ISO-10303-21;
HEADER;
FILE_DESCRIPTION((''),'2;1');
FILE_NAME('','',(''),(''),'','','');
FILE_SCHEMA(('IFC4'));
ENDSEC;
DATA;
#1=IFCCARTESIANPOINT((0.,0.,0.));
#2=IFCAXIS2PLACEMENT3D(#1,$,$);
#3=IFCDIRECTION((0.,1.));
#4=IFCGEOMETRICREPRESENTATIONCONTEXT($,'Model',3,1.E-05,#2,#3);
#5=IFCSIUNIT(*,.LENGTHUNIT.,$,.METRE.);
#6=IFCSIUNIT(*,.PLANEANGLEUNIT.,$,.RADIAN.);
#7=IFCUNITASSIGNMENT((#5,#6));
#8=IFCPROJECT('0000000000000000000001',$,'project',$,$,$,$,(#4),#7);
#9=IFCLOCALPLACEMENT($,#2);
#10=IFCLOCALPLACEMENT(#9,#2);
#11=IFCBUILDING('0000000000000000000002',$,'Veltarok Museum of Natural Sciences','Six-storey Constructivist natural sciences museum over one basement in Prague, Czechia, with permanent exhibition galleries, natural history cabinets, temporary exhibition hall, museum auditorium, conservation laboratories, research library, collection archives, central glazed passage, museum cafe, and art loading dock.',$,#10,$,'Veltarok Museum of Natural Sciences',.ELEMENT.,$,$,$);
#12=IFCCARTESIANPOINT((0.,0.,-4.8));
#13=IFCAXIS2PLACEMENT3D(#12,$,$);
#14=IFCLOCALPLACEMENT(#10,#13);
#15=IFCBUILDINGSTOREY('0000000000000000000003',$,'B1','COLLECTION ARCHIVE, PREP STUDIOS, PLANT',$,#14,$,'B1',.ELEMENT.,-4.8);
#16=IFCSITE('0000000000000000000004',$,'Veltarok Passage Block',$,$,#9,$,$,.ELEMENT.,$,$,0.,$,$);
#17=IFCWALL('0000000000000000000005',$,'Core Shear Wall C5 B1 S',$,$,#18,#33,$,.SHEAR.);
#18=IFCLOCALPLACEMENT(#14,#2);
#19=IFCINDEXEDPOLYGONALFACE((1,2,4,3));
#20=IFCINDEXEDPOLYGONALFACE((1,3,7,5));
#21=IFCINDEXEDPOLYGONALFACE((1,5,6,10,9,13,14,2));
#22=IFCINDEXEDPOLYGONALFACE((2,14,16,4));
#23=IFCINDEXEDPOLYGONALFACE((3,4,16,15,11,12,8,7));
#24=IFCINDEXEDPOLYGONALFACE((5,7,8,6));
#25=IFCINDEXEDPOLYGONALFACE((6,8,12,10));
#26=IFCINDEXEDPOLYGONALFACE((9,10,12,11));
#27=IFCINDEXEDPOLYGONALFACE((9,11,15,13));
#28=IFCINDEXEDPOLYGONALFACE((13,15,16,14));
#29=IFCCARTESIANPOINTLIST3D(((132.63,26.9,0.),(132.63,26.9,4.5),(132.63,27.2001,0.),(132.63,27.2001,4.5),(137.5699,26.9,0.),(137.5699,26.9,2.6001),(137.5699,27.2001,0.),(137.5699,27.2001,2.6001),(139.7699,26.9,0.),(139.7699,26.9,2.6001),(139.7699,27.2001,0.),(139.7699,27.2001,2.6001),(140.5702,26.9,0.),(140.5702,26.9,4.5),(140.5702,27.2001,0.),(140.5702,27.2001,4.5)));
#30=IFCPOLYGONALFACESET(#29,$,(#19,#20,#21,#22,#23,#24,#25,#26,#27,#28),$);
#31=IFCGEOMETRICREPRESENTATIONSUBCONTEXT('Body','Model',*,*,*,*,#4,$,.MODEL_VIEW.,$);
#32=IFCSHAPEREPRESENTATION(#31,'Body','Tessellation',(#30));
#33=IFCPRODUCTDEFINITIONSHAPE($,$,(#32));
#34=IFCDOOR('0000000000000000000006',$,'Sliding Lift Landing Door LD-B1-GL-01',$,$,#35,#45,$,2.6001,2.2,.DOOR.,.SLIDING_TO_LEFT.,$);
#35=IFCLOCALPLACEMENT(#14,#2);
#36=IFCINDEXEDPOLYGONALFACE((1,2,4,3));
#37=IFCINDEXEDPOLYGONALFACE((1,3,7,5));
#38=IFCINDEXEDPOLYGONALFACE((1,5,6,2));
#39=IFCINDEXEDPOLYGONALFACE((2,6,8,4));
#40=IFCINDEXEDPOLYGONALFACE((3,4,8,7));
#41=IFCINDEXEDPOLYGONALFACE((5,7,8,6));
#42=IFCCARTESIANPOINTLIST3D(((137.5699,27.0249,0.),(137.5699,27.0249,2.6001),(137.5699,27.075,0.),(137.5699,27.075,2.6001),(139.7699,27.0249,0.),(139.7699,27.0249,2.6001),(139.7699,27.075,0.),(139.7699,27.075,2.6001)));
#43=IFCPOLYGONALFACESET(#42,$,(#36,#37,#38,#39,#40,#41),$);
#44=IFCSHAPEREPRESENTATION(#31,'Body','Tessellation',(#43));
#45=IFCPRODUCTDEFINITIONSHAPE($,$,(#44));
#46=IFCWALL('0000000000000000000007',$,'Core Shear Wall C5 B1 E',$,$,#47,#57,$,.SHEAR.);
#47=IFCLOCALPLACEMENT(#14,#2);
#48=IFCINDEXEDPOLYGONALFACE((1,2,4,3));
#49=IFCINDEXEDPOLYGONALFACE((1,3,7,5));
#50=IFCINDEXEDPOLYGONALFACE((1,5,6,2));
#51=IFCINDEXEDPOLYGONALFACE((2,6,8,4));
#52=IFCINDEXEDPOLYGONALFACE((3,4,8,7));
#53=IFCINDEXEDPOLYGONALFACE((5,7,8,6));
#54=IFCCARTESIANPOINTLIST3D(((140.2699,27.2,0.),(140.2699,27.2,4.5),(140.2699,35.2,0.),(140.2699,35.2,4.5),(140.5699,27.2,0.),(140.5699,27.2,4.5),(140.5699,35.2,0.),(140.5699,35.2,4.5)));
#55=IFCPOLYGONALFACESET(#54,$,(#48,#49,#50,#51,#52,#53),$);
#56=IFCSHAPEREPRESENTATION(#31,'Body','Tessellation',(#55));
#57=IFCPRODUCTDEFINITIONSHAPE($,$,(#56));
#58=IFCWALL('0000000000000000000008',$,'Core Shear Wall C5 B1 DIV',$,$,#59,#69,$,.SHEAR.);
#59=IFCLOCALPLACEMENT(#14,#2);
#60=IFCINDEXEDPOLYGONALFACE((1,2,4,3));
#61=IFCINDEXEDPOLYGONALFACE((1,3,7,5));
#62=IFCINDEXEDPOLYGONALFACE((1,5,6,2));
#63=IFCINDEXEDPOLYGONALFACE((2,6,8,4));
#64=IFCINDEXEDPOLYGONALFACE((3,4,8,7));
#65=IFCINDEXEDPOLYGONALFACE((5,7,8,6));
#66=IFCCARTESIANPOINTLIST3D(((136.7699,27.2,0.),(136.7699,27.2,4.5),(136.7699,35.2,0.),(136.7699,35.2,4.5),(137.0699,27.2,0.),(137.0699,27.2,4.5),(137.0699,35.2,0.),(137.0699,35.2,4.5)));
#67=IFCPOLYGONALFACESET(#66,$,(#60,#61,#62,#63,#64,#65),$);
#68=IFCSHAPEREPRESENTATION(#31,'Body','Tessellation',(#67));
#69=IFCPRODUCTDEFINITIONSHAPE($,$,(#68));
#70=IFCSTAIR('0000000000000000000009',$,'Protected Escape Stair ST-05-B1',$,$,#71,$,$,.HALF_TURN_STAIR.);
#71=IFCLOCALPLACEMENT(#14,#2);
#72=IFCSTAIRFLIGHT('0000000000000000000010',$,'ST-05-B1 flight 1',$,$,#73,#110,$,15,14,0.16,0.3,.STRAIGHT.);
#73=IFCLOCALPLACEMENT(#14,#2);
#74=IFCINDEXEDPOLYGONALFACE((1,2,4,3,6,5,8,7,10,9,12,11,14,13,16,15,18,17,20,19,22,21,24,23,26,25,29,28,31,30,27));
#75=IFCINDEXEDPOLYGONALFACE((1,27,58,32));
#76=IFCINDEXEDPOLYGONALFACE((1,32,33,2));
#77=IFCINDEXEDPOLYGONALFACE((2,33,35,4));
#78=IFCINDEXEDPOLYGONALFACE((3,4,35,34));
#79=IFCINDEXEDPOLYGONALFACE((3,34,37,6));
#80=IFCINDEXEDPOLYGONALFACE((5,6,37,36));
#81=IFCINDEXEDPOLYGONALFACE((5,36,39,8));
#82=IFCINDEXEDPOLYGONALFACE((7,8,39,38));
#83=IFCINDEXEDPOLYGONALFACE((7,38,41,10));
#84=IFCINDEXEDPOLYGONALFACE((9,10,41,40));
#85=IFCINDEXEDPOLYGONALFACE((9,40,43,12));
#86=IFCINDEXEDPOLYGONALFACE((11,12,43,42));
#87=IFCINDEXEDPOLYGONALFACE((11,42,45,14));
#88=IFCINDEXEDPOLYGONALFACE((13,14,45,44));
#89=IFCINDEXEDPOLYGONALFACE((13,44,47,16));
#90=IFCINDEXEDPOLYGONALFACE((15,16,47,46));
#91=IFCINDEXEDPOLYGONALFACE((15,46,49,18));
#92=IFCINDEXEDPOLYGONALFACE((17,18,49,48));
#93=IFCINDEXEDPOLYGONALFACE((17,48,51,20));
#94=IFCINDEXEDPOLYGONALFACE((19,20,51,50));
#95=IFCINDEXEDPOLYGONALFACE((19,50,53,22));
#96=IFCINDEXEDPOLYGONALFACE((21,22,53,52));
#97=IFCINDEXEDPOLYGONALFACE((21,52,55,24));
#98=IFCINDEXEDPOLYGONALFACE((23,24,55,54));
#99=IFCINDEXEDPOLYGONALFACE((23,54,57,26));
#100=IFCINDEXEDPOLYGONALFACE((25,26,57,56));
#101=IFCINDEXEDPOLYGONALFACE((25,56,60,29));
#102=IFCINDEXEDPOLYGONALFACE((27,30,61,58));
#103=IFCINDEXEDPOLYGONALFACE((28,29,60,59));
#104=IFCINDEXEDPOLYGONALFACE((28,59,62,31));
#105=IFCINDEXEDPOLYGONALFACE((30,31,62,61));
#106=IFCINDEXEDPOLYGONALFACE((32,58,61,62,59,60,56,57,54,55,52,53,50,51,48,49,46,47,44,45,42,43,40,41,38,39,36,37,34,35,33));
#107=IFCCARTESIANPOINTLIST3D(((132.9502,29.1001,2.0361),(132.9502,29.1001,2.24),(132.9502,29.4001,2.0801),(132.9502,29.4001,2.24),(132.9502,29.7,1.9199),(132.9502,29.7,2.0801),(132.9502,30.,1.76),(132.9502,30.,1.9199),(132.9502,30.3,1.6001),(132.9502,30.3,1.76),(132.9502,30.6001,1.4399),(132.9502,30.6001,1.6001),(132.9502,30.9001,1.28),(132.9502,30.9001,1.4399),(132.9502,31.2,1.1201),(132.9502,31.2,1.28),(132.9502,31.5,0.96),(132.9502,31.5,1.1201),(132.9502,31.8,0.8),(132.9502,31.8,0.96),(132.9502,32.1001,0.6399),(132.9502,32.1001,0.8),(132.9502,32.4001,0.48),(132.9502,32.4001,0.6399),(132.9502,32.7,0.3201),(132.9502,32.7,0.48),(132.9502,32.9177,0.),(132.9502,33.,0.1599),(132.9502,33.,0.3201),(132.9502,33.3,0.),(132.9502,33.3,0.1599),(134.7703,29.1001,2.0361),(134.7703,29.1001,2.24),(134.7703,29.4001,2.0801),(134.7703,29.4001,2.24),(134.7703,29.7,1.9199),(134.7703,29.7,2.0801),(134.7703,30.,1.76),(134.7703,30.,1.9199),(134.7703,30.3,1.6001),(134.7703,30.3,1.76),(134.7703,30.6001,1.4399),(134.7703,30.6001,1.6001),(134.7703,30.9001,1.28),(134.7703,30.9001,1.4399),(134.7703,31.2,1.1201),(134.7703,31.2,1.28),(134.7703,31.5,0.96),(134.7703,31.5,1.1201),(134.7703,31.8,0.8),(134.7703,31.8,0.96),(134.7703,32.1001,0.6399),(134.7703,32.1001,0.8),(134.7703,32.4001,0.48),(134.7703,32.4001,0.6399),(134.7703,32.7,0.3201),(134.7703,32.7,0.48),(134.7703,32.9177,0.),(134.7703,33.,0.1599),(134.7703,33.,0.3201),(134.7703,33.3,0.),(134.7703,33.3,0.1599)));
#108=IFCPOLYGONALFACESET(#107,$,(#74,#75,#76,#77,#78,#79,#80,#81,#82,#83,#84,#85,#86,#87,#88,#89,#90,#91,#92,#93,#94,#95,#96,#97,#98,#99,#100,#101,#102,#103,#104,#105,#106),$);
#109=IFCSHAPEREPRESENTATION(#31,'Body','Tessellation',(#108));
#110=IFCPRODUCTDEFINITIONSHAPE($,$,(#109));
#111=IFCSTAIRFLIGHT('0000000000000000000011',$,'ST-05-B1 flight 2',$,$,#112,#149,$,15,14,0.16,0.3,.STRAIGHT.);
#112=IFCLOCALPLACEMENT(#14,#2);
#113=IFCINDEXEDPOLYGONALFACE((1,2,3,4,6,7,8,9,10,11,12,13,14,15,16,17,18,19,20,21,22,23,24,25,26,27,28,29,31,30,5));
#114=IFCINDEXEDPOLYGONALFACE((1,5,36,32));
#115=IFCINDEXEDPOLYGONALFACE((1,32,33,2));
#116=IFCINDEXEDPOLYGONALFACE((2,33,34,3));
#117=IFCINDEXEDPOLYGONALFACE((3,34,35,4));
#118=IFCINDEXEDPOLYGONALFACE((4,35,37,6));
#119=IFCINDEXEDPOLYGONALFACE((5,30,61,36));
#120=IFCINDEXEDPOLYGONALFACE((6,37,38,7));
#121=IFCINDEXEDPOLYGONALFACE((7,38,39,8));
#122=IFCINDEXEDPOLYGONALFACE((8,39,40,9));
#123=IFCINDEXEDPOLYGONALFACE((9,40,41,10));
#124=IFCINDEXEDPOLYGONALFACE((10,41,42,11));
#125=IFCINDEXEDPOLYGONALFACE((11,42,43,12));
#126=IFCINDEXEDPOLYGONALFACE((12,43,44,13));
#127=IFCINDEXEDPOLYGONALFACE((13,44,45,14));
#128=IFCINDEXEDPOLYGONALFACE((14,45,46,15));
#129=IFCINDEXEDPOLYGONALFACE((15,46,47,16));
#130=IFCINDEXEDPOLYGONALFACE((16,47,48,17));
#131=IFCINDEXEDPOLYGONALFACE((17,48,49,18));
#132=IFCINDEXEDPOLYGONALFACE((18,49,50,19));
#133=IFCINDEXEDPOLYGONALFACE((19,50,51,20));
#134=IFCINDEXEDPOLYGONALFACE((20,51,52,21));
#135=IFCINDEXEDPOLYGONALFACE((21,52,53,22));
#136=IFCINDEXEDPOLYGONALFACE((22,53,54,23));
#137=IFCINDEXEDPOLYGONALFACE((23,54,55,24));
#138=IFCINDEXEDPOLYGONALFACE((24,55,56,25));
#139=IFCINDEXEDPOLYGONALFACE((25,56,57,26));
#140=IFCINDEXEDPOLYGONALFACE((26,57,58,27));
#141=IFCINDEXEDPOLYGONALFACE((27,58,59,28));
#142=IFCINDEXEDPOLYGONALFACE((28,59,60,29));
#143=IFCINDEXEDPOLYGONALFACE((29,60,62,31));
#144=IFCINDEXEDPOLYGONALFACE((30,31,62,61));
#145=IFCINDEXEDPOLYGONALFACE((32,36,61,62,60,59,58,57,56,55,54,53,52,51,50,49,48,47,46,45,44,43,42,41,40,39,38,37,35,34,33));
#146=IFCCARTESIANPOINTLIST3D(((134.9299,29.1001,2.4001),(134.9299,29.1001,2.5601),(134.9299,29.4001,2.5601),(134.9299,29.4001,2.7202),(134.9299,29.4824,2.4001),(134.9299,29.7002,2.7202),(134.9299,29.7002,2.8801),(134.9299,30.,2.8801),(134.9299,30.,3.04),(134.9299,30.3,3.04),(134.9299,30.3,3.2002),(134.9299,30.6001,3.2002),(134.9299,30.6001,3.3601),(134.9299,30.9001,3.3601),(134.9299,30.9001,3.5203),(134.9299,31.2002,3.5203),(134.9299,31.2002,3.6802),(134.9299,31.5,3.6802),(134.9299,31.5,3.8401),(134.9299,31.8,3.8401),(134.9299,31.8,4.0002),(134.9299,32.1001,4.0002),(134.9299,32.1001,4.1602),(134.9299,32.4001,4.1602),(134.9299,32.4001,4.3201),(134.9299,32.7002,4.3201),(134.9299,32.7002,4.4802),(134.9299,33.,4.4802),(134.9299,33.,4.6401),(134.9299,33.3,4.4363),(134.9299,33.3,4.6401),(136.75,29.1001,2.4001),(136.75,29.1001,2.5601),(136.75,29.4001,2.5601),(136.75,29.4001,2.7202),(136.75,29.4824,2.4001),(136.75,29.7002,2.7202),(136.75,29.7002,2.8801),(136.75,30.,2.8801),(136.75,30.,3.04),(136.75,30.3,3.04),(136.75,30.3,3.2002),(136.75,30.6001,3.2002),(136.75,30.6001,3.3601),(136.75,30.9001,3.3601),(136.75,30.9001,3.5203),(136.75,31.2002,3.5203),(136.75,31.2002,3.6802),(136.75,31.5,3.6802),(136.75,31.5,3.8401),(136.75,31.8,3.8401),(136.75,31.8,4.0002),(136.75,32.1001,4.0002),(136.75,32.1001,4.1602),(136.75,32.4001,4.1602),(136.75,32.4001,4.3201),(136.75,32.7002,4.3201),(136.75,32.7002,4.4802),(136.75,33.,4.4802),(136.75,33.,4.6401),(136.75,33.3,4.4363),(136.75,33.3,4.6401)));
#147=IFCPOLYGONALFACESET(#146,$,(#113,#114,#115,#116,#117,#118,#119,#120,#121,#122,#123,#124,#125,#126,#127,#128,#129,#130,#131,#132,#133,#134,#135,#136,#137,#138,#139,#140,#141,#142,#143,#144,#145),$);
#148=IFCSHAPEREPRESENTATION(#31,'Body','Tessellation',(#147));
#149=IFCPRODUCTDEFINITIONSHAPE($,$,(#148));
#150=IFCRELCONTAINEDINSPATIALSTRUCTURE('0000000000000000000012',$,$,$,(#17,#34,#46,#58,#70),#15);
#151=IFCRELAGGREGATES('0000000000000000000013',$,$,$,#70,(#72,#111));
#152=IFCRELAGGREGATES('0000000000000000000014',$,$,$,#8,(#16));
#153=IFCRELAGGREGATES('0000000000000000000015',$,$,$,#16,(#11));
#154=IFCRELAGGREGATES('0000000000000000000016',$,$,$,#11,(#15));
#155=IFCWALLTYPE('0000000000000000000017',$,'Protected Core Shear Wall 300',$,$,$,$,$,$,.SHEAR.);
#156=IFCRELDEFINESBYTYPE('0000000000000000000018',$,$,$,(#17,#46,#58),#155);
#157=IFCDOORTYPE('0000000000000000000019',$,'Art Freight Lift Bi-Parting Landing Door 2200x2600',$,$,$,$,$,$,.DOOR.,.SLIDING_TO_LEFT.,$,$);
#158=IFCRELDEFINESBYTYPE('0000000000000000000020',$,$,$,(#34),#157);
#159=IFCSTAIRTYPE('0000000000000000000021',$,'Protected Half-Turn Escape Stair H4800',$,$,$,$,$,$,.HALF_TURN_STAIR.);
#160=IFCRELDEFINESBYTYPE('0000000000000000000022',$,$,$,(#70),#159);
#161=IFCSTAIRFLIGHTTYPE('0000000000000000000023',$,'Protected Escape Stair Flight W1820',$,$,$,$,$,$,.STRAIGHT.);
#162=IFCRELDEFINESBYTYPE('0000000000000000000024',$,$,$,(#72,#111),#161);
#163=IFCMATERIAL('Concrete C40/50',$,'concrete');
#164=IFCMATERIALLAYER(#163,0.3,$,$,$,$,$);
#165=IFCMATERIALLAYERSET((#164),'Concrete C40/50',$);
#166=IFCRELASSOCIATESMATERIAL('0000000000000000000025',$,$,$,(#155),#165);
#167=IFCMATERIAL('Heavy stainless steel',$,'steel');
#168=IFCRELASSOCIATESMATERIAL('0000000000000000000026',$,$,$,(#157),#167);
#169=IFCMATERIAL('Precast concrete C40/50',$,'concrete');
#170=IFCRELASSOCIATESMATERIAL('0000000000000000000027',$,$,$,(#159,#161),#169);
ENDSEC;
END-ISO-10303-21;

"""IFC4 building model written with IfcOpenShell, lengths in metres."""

from ifc_helpers import new_model, si_unit, direction, frame, frame_2d, origin, place, context, subcontext, project, spatial, polyline, rectangle, outline, extrude, material, layer, layer_set, type_object, element, fill, aggregate, save


model = new_model("IFC4")

# Units and contexts
model_context = context("Model", 3, precision=1e-05, world=origin(), true_north=direction((0.0, 1.0)))
body_context = subcontext(model_context, "Body", "Model", "MODEL_VIEW")
ifc_project = project(units=[si_unit("LENGTHUNIT", "METRE"), si_unit("PLANEANGLEUNIT", "RADIAN")], contexts=[model_context])

# Site, building, storey
site_placement = place(None, origin())
site = spatial("IfcSite", under=ifc_project, at=site_placement, Name="Veltarok Passage Block", CompositionType="ELEMENT", RefElevation=0.0)
building_placement = place(site_placement, origin())
building = spatial("IfcBuilding", under=site, at=building_placement, Name="Veltarok Museum of Natural Sciences", Description="Six-storey Constructivist natural sciences museum over one basement in Prague, Czechia, with permanent exhibition galleries, natural history cabinets, temporary exhibition hall, museum auditorium, conservation laboratories, research library, collection archives, central glazed passage, museum cafe, and art loading dock.", LongName="Veltarok Museum of Natural Sciences", CompositionType="ELEMENT")
storey_placement = place(building_placement, frame((0.0, 0.0, -4.8)))
storey = spatial("IfcBuildingStorey", under=building, at=storey_placement, Name="B1", Description="COLLECTION ARCHIVE, PREP STUDIOS, PLANT", LongName="B1", CompositionType="ELEMENT", Elevation=-4.8)

# Shared definitions
ifc_material_1 = material(Name="Concrete C40/50", Category="concrete")

# Wall, opening, door
ifc_layer_1 = layer(ifc_material_1, 0.3)
ifc_layer_set_1 = layer_set([ifc_layer_1], Name="Concrete C40/50")
wall_type_1 = type_object("IfcWallType", Name="Protected Core Shear Wall 300", PredefinedType="SHEAR", material=ifc_layer_set_1)
wall_1_placement = place(storey_placement, frame((132.6299, 27.05, 0.0), z_axis=(0.0, 0.0, 1.0), x_axis=(1.0, 0.0, 0.0)))
wall_1 = element("IfcWall", 1, at=wall_1_placement, inside=storey, type_object=wall_type_1, Name="Core Shear Wall C5 B1 S", PredefinedType="SHEAR", context=body_context, shape_type="SweptSolid", body=[
    extrude(rectangle(XDim=7.9402, YDim=0.3, at=frame_2d((3.9702, 0.0))), origin(), (0.0, 0.0, 1.0), 4.5),
])
opening_placement = place(wall_1_placement, frame((4.9399, 0.0, 0.0)))
opening = element("IfcOpeningElement", 2, at=opening_placement, cuts=wall_1, PredefinedType="OPENING", context=body_context, shape_type="SweptSolid", body=[
    extrude(rectangle(XDim=2.2, YDim=2.6001, at=frame_2d((1.1001, 1.3))), frame((0.0, 0.1602, 0.0), z_axis=(0.0, -1.0, 0.0), x_axis=(1.0, 0.0, 0.0)), (0.0, 0.0, 1.0), 0.3201),
])
ifc_material_2 = material(Name="Heavy stainless steel", Category="steel")
door_type = type_object("IfcDoorType", Name="Art Freight Lift Bi-Parting Landing Door 2200x2600", OperationType="SLIDING_TO_LEFT", PredefinedType="DOOR", material=ifc_material_2)
door_placement = place(opening_placement, origin())
door = element("IfcDoor", 3, at=door_placement, inside=storey, type_object=door_type, Name="Sliding Lift Landing Door LD-B1-GL-01", OperationType="SLIDING_TO_LEFT", OverallHeight=2.6001, OverallWidth=2.2, PredefinedType="DOOR", context=body_context, shape_type="SweptSolid", body=[
    extrude(rectangle(XDim=2.2, YDim=2.6001, at=frame_2d((1.1001, 1.3))), frame((0.0, 0.0249, 0.0), z_axis=(0.0, -1.0, 0.0), x_axis=(1.0, 0.0, 0.0)), (0.0, 0.0, 1.0), 0.05),
])
fill(opening, door)

# Walls
for number, where, z_axis, x_axis, name in (
    (4, (140.4199, 27.2, 0.0), (0.0, 0.0, 1.0), (0.0, 1.0, 0.0), "Core Shear Wall C5 B1 E"),
    (5, (136.9199, 27.2, 0.0), (0.0, 0.0, 1.0), (0.0, 1.0, 0.0), "Core Shear Wall C5 B1 DIV"),
):
    element("IfcWall", number, at=place(storey_placement, frame(where, z_axis=z_axis, x_axis=x_axis)), inside=storey, type_object=wall_type_1, Name=name, PredefinedType="SHEAR", context=body_context, shape_type="SweptSolid", body=[
        extrude(rectangle(XDim=8.0, YDim=0.3, at=frame_2d((4.0, 0.0))), origin(), (0.0, 0.0, 1.0), 4.5),
    ])

# Stair, stair flights
ifc_material_3 = material(Name="Precast concrete C40/50", Category="concrete")
stair_type = type_object("IfcStairType", Name="Protected Half-Turn Escape Stair H4800", PredefinedType="HALF_TURN_STAIR", material=ifc_material_3)
stair_placement = place(storey_placement, origin())
stair = element("IfcStair", 6, at=stair_placement, inside=storey, type_object=stair_type, Name="Protected Escape Stair ST-05-B1", PredefinedType="HALF_TURN_STAIR")
stair_flight_type = type_object("IfcStairFlightType", Name="Protected Escape Stair Flight W1820", PredefinedType="STRAIGHT", material=ifc_material_3)
stair_flight_1_placement = place(storey_placement, frame((133.8601, 33.3, 0.0), z_axis=(0.0, 0.0, 1.0), x_axis=(0.0, -1.0, 0.0)))
stair_flight_1 = element("IfcStairFlight", 7, at=stair_flight_1_placement, type_object=stair_flight_type, Name="ST-05-B1 flight 1", NumberOfRisers=15, NumberOfTreads=14, PredefinedType="STRAIGHT", RiserHeight=0.16, TreadLength=0.3, context=body_context, shape_type="SweptSolid", body=[
    extrude(outline(polyline([(0.0, 0.0), (0.0, 0.1599), (0.3, 0.1599), (0.3, 0.3201), (0.6001, 0.3201), (0.6001, 0.48), (0.8999, 0.48), (0.8999, 0.6399), (1.2, 0.6399), (1.2, 0.8), (1.5, 0.8), (1.5, 0.96), (1.8, 0.96), (1.8, 1.1201), (2.1001, 1.1201), (2.1001, 1.28), (2.3999, 1.28), (2.3999, 1.4399), (2.7, 1.4399), (2.7, 1.6001), (3.0, 1.6001), (3.0, 1.76), (3.3, 1.76), (3.3, 1.9199), (3.6001, 1.9199), (3.6001, 2.0801), (3.8999, 2.0801), (3.8999, 2.24), (4.2, 2.24), (4.2, 2.3999), (4.2, 2.0361), (0.3823, 0.0), (0.0, 0.0)])), frame((0.0, 0.9102, 0.0), z_axis=(0.0, -1.0, 0.0), x_axis=(1.0, 0.0, 0.0)), (0.0, 0.0, 1.0), 1.8201),
])
stair_flight_2_placement = place(storey_placement, frame((135.8401, 29.1001, 2.4001), z_axis=(0.0, 0.0, 1.0), x_axis=(0.0, 1.0, 0.0)))
stair_flight_2 = element("IfcStairFlight", 8, at=stair_flight_2_placement, type_object=stair_flight_type, Name="ST-05-B1 flight 2", NumberOfRisers=15, NumberOfTreads=14, PredefinedType="STRAIGHT", RiserHeight=0.16, TreadLength=0.3, context=body_context, shape_type="SweptSolid", body=[
    extrude(outline(polyline([(0.0, 0.0), (0.0, 0.1599), (0.3, 0.1599), (0.3, 0.3201), (0.6001, 0.3201), (0.6001, 0.48), (0.8999, 0.48), (0.8999, 0.6399), (1.2, 0.6399), (1.2, 0.8), (1.5, 0.8), (1.5, 0.96), (1.8, 0.96), (1.8, 1.1201), (2.1001, 1.1201), (2.1001, 1.28), (2.3999, 1.28), (2.3999, 1.4399), (2.7, 1.4399), (2.7, 1.6001), (3.0, 1.6001), (3.0, 1.76), (3.3, 1.76), (3.3, 1.9199), (3.6001, 1.9199), (3.6001, 2.0801), (3.8999, 2.0801), (3.8999, 2.24), (4.2, 2.24), (4.2, 2.3999), (4.2, 2.0361), (0.3823, 0.0), (0.0, 0.0)])), frame((0.0, 0.9102, 0.0), z_axis=(0.0, -1.0, 0.0), x_axis=(1.0, 0.0, 0.0)), (0.0, 0.0, 1.0), 1.8201),
])
aggregate(stair, [stair_flight_1, stair_flight_2])

save(model, "model.ifc")
